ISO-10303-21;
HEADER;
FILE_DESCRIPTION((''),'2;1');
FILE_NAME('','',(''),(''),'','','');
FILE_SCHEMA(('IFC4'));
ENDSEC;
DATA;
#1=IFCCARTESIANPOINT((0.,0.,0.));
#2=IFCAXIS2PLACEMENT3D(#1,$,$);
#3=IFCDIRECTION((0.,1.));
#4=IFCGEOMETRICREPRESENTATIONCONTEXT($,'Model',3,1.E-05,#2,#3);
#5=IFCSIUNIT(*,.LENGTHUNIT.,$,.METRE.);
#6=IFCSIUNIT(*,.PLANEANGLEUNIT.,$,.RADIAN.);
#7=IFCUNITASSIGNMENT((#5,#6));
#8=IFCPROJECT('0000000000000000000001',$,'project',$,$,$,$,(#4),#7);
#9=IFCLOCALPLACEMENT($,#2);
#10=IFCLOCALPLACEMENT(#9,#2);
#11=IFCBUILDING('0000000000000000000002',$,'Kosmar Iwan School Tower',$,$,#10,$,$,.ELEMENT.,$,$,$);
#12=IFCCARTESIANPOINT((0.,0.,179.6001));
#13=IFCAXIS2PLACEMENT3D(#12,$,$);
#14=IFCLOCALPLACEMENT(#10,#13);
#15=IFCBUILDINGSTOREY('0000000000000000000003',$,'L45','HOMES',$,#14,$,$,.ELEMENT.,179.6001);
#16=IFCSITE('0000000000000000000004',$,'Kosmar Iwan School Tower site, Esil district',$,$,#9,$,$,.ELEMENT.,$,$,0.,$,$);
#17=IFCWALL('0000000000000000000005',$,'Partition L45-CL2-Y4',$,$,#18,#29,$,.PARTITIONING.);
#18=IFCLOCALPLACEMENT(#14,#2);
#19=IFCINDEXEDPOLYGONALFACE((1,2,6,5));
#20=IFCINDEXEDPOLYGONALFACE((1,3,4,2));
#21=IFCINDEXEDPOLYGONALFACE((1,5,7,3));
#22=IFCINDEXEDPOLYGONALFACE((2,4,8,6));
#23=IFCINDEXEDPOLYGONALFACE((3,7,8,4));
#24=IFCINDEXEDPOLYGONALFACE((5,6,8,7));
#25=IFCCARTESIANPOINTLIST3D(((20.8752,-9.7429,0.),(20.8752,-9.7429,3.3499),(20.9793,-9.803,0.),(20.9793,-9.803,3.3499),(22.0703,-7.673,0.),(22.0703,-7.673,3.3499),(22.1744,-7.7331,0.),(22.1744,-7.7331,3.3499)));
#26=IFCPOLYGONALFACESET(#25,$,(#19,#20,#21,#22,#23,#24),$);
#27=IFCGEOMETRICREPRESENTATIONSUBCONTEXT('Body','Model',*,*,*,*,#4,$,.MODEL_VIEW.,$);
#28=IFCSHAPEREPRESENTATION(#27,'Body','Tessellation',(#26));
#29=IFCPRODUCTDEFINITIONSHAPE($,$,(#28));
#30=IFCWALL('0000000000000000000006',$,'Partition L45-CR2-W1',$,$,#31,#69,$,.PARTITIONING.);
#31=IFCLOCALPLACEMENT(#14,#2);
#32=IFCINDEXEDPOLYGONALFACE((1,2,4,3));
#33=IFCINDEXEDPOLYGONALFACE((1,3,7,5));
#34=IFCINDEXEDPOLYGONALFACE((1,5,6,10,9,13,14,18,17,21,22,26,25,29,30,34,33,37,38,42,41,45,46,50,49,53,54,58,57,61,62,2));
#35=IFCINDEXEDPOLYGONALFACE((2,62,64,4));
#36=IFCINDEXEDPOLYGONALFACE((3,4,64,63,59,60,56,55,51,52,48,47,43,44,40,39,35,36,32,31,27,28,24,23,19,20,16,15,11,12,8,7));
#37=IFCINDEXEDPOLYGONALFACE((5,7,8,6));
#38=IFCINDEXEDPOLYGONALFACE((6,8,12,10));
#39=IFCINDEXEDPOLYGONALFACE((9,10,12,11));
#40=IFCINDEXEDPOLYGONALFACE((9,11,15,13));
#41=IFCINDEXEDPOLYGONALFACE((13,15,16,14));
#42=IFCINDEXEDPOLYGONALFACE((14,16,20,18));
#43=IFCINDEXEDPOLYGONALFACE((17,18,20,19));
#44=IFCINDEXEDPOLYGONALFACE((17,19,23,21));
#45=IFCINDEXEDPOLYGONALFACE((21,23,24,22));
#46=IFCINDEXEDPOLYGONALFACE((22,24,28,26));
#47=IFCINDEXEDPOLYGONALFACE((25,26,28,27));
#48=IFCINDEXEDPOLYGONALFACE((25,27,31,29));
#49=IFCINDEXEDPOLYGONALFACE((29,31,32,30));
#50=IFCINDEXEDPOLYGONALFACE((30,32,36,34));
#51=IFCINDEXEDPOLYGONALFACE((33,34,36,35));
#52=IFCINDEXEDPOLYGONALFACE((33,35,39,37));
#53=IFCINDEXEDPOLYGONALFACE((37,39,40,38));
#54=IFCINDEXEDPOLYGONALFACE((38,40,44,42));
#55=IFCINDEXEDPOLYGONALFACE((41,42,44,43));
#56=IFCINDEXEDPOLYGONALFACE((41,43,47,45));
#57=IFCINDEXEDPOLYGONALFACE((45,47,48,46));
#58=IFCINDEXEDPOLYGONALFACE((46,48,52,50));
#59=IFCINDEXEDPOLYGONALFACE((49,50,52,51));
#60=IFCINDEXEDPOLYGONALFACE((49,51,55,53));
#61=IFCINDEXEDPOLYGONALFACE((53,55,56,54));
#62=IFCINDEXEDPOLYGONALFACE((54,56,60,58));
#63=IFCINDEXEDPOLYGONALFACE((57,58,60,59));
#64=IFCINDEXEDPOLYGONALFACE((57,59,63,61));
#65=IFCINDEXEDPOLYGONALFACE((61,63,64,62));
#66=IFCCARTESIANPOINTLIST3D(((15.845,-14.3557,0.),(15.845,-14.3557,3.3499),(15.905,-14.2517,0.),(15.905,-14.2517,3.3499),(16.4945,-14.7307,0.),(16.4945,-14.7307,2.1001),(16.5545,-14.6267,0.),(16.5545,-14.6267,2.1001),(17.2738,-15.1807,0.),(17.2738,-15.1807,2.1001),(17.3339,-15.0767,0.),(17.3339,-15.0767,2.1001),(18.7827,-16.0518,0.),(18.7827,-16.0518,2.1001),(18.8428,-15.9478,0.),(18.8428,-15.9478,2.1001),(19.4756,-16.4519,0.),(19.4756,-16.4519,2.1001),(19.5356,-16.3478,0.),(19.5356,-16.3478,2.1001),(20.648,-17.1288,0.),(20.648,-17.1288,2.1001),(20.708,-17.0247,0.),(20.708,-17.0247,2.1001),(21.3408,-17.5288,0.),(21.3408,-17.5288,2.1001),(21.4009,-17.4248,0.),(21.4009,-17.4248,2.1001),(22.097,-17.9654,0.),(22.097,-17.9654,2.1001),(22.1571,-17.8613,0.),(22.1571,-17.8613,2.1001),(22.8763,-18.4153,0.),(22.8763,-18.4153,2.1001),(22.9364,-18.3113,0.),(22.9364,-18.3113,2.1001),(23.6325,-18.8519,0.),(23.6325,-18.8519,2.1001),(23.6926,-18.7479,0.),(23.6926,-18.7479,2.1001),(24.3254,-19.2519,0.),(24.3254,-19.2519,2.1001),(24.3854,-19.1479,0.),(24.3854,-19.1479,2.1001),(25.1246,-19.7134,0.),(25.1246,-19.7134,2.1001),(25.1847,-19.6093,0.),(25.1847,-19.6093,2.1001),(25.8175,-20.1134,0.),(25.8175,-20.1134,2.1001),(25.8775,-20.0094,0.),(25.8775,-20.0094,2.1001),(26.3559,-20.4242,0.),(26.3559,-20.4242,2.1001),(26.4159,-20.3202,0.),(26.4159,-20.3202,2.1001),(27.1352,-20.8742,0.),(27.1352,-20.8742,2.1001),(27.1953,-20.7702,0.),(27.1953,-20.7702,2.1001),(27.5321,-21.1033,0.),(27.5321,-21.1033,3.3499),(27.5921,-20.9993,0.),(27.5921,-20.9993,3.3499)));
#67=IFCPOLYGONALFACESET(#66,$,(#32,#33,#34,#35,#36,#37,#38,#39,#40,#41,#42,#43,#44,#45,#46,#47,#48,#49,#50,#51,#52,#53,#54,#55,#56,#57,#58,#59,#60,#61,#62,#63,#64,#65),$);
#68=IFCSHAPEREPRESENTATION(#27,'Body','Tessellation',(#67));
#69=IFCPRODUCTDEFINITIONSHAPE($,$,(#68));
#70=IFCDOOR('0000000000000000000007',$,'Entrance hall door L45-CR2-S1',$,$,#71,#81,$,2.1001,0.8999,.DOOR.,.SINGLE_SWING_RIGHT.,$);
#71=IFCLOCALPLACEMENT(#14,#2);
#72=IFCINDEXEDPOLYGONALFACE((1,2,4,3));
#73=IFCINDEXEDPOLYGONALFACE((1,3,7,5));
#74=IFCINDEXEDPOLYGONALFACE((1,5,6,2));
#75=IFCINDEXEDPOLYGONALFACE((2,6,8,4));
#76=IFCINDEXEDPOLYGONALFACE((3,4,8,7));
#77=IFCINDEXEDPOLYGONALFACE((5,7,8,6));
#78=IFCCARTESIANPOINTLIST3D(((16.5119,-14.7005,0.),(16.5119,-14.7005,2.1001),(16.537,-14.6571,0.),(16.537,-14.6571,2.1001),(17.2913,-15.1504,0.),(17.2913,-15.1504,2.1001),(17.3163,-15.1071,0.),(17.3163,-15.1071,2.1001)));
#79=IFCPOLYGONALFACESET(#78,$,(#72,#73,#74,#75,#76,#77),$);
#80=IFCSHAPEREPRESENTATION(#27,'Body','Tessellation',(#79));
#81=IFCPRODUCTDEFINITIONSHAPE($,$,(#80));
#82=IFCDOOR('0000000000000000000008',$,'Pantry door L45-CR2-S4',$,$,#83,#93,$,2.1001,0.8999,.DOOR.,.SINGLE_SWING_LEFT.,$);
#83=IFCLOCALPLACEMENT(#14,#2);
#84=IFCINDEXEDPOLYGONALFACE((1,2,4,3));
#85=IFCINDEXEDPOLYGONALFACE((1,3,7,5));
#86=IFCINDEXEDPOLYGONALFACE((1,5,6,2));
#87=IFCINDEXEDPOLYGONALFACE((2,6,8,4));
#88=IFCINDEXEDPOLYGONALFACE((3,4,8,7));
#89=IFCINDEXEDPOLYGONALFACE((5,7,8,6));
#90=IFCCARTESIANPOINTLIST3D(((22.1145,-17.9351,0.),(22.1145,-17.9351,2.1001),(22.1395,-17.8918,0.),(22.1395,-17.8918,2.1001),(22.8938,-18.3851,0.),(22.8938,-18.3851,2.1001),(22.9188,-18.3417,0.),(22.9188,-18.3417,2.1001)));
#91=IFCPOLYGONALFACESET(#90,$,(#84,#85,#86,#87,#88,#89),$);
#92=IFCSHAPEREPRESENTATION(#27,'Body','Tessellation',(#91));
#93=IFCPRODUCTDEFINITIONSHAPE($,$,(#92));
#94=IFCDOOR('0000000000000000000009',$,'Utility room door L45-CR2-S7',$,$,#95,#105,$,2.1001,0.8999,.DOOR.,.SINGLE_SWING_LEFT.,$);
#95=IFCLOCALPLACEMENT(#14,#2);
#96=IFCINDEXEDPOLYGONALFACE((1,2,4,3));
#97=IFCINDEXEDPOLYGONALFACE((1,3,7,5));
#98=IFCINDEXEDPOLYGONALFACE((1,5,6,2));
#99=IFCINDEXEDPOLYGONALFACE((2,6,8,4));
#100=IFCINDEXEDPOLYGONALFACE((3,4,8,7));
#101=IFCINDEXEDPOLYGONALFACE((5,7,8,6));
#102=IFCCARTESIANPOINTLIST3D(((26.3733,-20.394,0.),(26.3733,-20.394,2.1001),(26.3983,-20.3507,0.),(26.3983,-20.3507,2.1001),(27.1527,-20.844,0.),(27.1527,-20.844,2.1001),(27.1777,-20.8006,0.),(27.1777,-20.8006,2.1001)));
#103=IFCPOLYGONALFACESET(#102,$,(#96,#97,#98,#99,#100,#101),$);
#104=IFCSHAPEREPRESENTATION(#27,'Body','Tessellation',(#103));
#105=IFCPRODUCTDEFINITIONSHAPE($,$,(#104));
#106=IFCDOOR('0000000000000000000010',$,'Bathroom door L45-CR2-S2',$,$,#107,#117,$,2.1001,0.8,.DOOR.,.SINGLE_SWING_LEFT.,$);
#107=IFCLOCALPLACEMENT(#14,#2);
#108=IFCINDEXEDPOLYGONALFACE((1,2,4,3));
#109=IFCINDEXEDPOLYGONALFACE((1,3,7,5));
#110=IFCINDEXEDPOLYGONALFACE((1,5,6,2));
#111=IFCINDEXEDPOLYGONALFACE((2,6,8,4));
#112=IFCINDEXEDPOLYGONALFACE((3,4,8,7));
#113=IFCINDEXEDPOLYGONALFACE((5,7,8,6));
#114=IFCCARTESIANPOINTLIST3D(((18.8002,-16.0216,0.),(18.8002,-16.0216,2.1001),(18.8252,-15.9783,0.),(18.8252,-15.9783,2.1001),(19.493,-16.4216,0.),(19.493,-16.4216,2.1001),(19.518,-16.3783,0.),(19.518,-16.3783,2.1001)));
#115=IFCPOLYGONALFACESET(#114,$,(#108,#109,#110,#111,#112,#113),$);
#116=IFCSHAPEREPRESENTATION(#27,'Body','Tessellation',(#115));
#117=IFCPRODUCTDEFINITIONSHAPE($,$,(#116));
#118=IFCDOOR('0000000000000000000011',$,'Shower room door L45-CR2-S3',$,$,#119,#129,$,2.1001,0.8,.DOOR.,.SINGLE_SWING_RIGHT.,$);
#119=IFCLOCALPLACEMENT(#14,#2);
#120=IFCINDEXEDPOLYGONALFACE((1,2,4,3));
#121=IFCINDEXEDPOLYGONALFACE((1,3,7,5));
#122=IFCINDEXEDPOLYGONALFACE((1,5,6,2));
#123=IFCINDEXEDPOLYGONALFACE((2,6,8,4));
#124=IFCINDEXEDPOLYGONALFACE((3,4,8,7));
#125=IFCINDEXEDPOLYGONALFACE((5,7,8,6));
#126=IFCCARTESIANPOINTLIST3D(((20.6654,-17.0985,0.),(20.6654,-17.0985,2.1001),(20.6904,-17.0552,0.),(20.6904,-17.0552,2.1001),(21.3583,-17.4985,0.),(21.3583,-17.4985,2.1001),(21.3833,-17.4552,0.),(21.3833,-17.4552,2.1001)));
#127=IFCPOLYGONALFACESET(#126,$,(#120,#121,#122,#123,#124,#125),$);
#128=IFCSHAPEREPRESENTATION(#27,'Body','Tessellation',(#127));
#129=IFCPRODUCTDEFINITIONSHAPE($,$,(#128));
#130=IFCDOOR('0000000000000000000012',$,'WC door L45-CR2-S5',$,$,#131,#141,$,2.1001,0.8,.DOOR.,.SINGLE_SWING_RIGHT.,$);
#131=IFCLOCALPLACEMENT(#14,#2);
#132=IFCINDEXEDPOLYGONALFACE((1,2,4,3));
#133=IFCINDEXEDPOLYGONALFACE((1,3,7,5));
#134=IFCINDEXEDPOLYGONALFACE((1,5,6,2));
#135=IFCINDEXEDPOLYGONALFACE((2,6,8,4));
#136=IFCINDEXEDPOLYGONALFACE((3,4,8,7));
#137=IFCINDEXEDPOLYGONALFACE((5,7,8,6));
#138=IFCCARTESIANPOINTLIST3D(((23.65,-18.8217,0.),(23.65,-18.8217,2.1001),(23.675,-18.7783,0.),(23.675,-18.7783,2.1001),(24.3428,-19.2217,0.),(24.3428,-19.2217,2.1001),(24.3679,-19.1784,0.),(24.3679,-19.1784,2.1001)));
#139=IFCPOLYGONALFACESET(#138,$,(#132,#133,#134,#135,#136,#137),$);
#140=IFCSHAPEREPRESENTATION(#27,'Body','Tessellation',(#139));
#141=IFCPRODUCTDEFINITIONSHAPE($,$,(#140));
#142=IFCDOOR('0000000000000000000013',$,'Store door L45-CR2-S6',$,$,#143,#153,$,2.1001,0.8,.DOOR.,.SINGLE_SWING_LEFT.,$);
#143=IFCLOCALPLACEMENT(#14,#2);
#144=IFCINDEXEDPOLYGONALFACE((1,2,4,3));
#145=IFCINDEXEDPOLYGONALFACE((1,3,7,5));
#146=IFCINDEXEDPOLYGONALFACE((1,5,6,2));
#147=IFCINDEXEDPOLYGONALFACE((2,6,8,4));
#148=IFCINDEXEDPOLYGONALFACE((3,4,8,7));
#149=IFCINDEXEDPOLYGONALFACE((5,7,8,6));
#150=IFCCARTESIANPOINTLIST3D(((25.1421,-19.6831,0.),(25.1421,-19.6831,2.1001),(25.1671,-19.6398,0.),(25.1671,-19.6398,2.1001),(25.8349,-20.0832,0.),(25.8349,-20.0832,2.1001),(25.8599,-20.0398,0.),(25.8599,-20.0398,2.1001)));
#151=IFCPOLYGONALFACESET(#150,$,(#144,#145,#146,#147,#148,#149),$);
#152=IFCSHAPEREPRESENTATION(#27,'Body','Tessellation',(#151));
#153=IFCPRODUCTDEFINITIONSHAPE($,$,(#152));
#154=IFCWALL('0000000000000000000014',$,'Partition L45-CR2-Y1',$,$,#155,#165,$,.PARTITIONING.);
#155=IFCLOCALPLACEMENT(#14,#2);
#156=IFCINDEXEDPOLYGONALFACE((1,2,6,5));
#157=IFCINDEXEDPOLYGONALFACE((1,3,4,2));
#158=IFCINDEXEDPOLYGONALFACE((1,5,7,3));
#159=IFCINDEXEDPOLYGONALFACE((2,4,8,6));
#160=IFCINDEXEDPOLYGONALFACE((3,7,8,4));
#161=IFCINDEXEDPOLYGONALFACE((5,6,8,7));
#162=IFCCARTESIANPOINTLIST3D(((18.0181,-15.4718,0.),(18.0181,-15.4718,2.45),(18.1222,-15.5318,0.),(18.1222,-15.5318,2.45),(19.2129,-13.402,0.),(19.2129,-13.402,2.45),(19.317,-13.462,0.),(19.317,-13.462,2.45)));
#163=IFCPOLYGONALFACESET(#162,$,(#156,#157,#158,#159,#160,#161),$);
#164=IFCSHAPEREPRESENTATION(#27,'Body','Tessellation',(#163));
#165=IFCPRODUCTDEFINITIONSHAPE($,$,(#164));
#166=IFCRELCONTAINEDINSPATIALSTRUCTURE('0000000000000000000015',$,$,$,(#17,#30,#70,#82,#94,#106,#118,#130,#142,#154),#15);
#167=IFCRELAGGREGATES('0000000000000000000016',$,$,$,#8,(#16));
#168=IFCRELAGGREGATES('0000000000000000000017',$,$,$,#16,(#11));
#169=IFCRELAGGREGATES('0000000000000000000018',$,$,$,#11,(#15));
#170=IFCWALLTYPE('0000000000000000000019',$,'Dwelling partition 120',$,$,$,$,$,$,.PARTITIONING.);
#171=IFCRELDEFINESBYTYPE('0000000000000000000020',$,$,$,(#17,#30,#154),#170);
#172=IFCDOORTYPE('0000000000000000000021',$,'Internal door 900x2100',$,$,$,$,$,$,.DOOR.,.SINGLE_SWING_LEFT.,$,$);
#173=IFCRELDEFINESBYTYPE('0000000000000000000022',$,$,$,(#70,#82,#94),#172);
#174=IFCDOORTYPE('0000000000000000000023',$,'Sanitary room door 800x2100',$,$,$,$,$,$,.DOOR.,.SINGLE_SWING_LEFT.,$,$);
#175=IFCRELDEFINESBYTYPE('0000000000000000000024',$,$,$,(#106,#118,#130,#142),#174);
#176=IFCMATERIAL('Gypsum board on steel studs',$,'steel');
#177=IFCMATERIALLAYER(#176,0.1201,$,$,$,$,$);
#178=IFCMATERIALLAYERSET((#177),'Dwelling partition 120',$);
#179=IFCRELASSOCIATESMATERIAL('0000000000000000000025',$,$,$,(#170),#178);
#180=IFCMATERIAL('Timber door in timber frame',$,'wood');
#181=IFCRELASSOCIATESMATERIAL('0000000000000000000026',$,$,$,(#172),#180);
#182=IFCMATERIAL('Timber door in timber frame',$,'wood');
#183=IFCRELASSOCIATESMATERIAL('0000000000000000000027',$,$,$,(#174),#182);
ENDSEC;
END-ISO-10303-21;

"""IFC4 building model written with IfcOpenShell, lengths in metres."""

from ifc_helpers import new_model, si_unit, direction, frame, frame_2d, origin, place, context, subcontext, project, spatial, rectangle, extrude, material, layer, layer_set, type_object, element, fill, save


model = new_model("IFC4")

# Units and contexts
model_context = context("Model", 3, precision=1e-05, world=origin(), true_north=direction((0.0, 1.0)))
body_context = subcontext(model_context, "Body", "Model", "MODEL_VIEW")
ifc_project = project(units=[si_unit("LENGTHUNIT", "METRE"), si_unit("PLANEANGLEUNIT", "RADIAN")], contexts=[model_context])

# Site, building, storey
site_placement = place(None, origin())
site = spatial("IfcSite", under=ifc_project, at=site_placement, Name="Kosmar Iwan School Tower site, Esil district", CompositionType="ELEMENT", RefElevation=0.0)
building_placement = place(site_placement, origin())
building = spatial("IfcBuilding", under=site, at=building_placement, Name="Kosmar Iwan School Tower", CompositionType="ELEMENT")
storey_placement = place(building_placement, frame((0.0, 0.0, 179.6001)))
storey = spatial("IfcBuildingStorey", under=building, at=storey_placement, Name="L45", Description="HOMES", CompositionType="ELEMENT", Elevation=179.6001)

# Wall
ifc_material_1 = material(Name="Gypsum board on steel studs", Category="steel")
ifc_layer_1 = layer(ifc_material_1, 0.1201)
ifc_layer_set_1 = layer_set([ifc_layer_1], Name="Dwelling partition 120")
wall_type_1 = type_object("IfcWallType", Name="Dwelling partition 120", PredefinedType="PARTITIONING", material=ifc_layer_set_1)
for number, where, z_axis, x_axis, name in (
    (1, (20.9272, -9.7729, 0.0), (0.0, 0.0, 1.0), (0.500017, 0.866015, 0.0), "Partition L45-CL2-Y4"),
):
    element("IfcWall", number, at=place(storey_placement, frame(where, z_axis=z_axis, x_axis=x_axis)), inside=storey, type_object=wall_type_1, Name=name, PredefinedType="PARTITIONING", context=body_context, shape_type="SweptSolid", body=[
        extrude(rectangle(XDim=2.3901, YDim=0.1201, at=frame_2d((1.1951, 0.0))), origin(), (0.0, 0.0, 1.0), 3.3499),
    ])

# Wall, openings, doors
wall_1_placement = place(storey_placement, frame((15.875, -14.3037, 0.0), z_axis=(0.0, 0.0, 1.0), x_axis=(0.866024, -0.500003, 0.0)))
wall_1 = element("IfcWall", 2, at=wall_1_placement, inside=storey, type_object=wall_type_1, Name="Partition L45-CR2-W1", PredefinedType="PARTITIONING", context=body_context, shape_type="SweptSolid", body=[
    extrude(rectangle(XDim=13.4951, YDim=0.1201, at=frame_2d((6.7476, 0.0))), origin(), (0.0, 0.0, 1.0), 3.3499),
])
opening_1_placement = place(wall_1_placement, frame((0.75, 0.0, 0.0)))
opening_1 = element("IfcOpeningElement", 3, at=opening_1_placement, cuts=wall_1, PredefinedType="OPENING", context=body_context, shape_type="SweptSolid", body=[
    extrude(rectangle(XDim=0.8999, YDim=2.1001, at=frame_2d((0.45, 1.05))), frame((0.0, 0.072, 0.0), z_axis=(0.0, -1.0, 0.0), x_axis=(1.0, 0.0, 0.0)), (0.0, 0.0, 1.0), 0.144),
])
opening_2_placement = place(wall_1_placement, frame((3.3923, 0.0, 0.0)))
opening_2 = element("IfcOpeningElement", 4, at=opening_2_placement, cuts=wall_1, PredefinedType="OPENING", context=body_context, shape_type="SweptSolid", body=[
    extrude(rectangle(XDim=0.8, YDim=2.1001, at=frame_2d((0.3999, 1.05))), frame((0.0, 0.072, 0.0), z_axis=(0.0, -1.0, 0.0), x_axis=(1.0, 0.0, 0.0)), (0.0, 0.0, 1.0), 0.144),
])
opening_3_placement = place(wall_1_placement, frame((5.5461, 0.0, 0.0)))
opening_3 = element("IfcOpeningElement", 5, at=opening_3_placement, cuts=wall_1, PredefinedType="OPENING", context=body_context, shape_type="SweptSolid", body=[
    extrude(rectangle(XDim=0.8, YDim=2.1001, at=frame_2d((0.3999, 1.05))), frame((0.0, 0.072, 0.0), z_axis=(0.0, -1.0, 0.0), x_axis=(1.0, 0.0, 0.0)), (0.0, 0.0, 1.0), 0.144),
])
opening_4_placement = place(wall_1_placement, frame((7.2192, 0.0, 0.0)))
opening_4 = element("IfcOpeningElement", 6, at=opening_4_placement, cuts=wall_1, PredefinedType="OPENING", context=body_context, shape_type="SweptSolid", body=[
    extrude(rectangle(XDim=0.8999, YDim=2.1001, at=frame_2d((0.45, 1.05))), frame((0.0, 0.072, 0.0), z_axis=(0.0, -1.0, 0.0), x_axis=(1.0, 0.0, 0.0)), (0.0, 0.0, 1.0), 0.144),
])
opening_5_placement = place(wall_1_placement, frame((8.9924, 0.0, 0.0)))
opening_5 = element("IfcOpeningElement", 7, at=opening_5_placement, cuts=wall_1, PredefinedType="OPENING", context=body_context, shape_type="SweptSolid", body=[
    extrude(rectangle(XDim=0.8, YDim=2.1001, at=frame_2d((0.3999, 1.05))), frame((0.0, 0.072, 0.0), z_axis=(0.0, -1.0, 0.0), x_axis=(1.0, 0.0, 0.0)), (0.0, 0.0, 1.0), 0.144),
])
opening_6_placement = place(wall_1_placement, frame((10.7153, 0.0, 0.0)))
opening_6 = element("IfcOpeningElement", 8, at=opening_6_placement, cuts=wall_1, PredefinedType="OPENING", context=body_context, shape_type="SweptSolid", body=[
    extrude(rectangle(XDim=0.8, YDim=2.1001, at=frame_2d((0.3999, 1.05))), frame((0.0, 0.072, 0.0), z_axis=(0.0, -1.0, 0.0), x_axis=(1.0, 0.0, 0.0)), (0.0, 0.0, 1.0), 0.144),
])
opening_7_placement = place(wall_1_placement, frame((12.137, 0.0, 0.0)))
opening_7 = element("IfcOpeningElement", 9, at=opening_7_placement, cuts=wall_1, PredefinedType="OPENING", context=body_context, shape_type="SweptSolid", body=[
    extrude(rectangle(XDim=0.8999, YDim=2.1001, at=frame_2d((0.45, 1.05))), frame((0.0, 0.072, 0.0), z_axis=(0.0, -1.0, 0.0), x_axis=(1.0, 0.0, 0.0)), (0.0, 0.0, 1.0), 0.144),
])
ifc_material_2 = material(Name="Timber door in timber frame", Category="wood")
door_type_1 = type_object("IfcDoorType", Name="Internal door 900x2100", OperationType="SINGLE_SWING_LEFT", PredefinedType="DOOR", material=ifc_material_2)
door_1_placement = place(opening_1_placement, origin())
door_1 = element("IfcDoor", 10, at=door_1_placement, inside=storey, type_object=door_type_1, Name="Entrance hall door L45-CR2-S1", OperationType="SINGLE_SWING_RIGHT", OverallHeight=2.1001, OverallWidth=0.8999, PredefinedType="DOOR", context=body_context, shape_type="SweptSolid", body=[
    extrude(rectangle(XDim=0.8999, YDim=2.1001, at=frame_2d((0.45, 1.05))), frame((0.0, 0.0249, 0.0), z_axis=(0.0, -1.0, 0.0), x_axis=(1.0, 0.0, 0.0)), (0.0, 0.0, 1.0), 0.05),
])
fill(opening_1, door_1)
door_2_placement = place(opening_4_placement, origin())
door_2 = element("IfcDoor", 11, at=door_2_placement, inside=storey, type_object=door_type_1, Name="Pantry door L45-CR2-S4", OperationType="SINGLE_SWING_LEFT", OverallHeight=2.1001, OverallWidth=0.8999, PredefinedType="DOOR", context=body_context, shape_type="SweptSolid", body=[
    extrude(rectangle(XDim=0.8999, YDim=2.1001, at=frame_2d((0.45, 1.05))), frame((0.0, 0.0249, 0.0), z_axis=(0.0, -1.0, 0.0), x_axis=(1.0, 0.0, 0.0)), (0.0, 0.0, 1.0), 0.05),
])
fill(opening_4, door_2)
door_3_placement = place(opening_7_placement, origin())
door_3 = element("IfcDoor", 12, at=door_3_placement, inside=storey, type_object=door_type_1, Name="Utility room door L45-CR2-S7", OperationType="SINGLE_SWING_LEFT", OverallHeight=2.1001, OverallWidth=0.8999, PredefinedType="DOOR", context=body_context, shape_type="SweptSolid", body=[
    extrude(rectangle(XDim=0.8999, YDim=2.1001, at=frame_2d((0.45, 1.05))), frame((0.0, 0.0249, 0.0), z_axis=(0.0, -1.0, 0.0), x_axis=(1.0, 0.0, 0.0)), (0.0, 0.0, 1.0), 0.05),
])
fill(opening_7, door_3)
ifc_material_3 = material(Name="Timber door in timber frame", Category="wood")
door_type_2 = type_object("IfcDoorType", Name="Sanitary room door 800x2100", OperationType="SINGLE_SWING_LEFT", PredefinedType="DOOR", material=ifc_material_3)
door_4_placement = place(opening_2_placement, origin())
door_4 = element("IfcDoor", 13, at=door_4_placement, inside=storey, type_object=door_type_2, Name="Bathroom door L45-CR2-S2", OperationType="SINGLE_SWING_LEFT", OverallHeight=2.1001, OverallWidth=0.8, PredefinedType="DOOR", context=body_context, shape_type="SweptSolid", body=[
    extrude(rectangle(XDim=0.8, YDim=2.1001, at=frame_2d((0.3999, 1.05))), frame((0.0, 0.0249, 0.0), z_axis=(0.0, -1.0, 0.0), x_axis=(1.0, 0.0, 0.0)), (0.0, 0.0, 1.0), 0.05),
])
fill(opening_2, door_4)
door_5_placement = place(opening_3_placement, origin())
door_5 = element("IfcDoor", 14, at=door_5_placement, inside=storey, type_object=door_type_2, Name="Shower room door L45-CR2-S3", OperationType="SINGLE_SWING_RIGHT", OverallHeight=2.1001, OverallWidth=0.8, PredefinedType="DOOR", context=body_context, shape_type="SweptSolid", body=[
    extrude(rectangle(XDim=0.8, YDim=2.1001, at=frame_2d((0.3999, 1.05))), frame((0.0, 0.0249, 0.0), z_axis=(0.0, -1.0, 0.0), x_axis=(1.0, 0.0, 0.0)), (0.0, 0.0, 1.0), 0.05),
])
fill(opening_3, door_5)
door_6_placement = place(opening_5_placement, origin())
door_6 = element("IfcDoor", 15, at=door_6_placement, inside=storey, type_object=door_type_2, Name="WC door L45-CR2-S5", OperationType="SINGLE_SWING_RIGHT", OverallHeight=2.1001, OverallWidth=0.8, PredefinedType="DOOR", context=body_context, shape_type="SweptSolid", body=[
    extrude(rectangle(XDim=0.8, YDim=2.1001, at=frame_2d((0.3999, 1.05))), frame((0.0, 0.0249, 0.0), z_axis=(0.0, -1.0, 0.0), x_axis=(1.0, 0.0, 0.0)), (0.0, 0.0, 1.0), 0.05),
])
fill(opening_5, door_6)
door_7_placement = place(opening_6_placement, origin())
door_7 = element("IfcDoor", 16, at=door_7_placement, inside=storey, type_object=door_type_2, Name="Store door L45-CR2-S6", OperationType="SINGLE_SWING_LEFT", OverallHeight=2.1001, OverallWidth=0.8, PredefinedType="DOOR", context=body_context, shape_type="SweptSolid", body=[
    extrude(rectangle(XDim=0.8, YDim=2.1001, at=frame_2d((0.3999, 1.05))), frame((0.0, 0.0249, 0.0), z_axis=(0.0, -1.0, 0.0), x_axis=(1.0, 0.0, 0.0)), (0.0, 0.0, 1.0), 0.05),
])
fill(opening_6, door_7)

# Wall
wall_2_placement = place(storey_placement, frame((19.2649, -13.4321, 0.0), z_axis=(0.0, 0.0, 1.0), x_axis=(-0.499941, -0.86606, 0.0)))
element("IfcWall", 17, at=wall_2_placement, inside=storey, type_object=wall_type_1, Name="Partition L45-CR2-Y1", PredefinedType="PARTITIONING", context=body_context, shape_type="SweptSolid", body=[
    extrude(rectangle(XDim=2.3899, YDim=0.1201, at=frame_2d((1.1948, 0.0))), origin(), (0.0, 0.0, 1.0), 2.45),
])

save(model, "model.ifc")
